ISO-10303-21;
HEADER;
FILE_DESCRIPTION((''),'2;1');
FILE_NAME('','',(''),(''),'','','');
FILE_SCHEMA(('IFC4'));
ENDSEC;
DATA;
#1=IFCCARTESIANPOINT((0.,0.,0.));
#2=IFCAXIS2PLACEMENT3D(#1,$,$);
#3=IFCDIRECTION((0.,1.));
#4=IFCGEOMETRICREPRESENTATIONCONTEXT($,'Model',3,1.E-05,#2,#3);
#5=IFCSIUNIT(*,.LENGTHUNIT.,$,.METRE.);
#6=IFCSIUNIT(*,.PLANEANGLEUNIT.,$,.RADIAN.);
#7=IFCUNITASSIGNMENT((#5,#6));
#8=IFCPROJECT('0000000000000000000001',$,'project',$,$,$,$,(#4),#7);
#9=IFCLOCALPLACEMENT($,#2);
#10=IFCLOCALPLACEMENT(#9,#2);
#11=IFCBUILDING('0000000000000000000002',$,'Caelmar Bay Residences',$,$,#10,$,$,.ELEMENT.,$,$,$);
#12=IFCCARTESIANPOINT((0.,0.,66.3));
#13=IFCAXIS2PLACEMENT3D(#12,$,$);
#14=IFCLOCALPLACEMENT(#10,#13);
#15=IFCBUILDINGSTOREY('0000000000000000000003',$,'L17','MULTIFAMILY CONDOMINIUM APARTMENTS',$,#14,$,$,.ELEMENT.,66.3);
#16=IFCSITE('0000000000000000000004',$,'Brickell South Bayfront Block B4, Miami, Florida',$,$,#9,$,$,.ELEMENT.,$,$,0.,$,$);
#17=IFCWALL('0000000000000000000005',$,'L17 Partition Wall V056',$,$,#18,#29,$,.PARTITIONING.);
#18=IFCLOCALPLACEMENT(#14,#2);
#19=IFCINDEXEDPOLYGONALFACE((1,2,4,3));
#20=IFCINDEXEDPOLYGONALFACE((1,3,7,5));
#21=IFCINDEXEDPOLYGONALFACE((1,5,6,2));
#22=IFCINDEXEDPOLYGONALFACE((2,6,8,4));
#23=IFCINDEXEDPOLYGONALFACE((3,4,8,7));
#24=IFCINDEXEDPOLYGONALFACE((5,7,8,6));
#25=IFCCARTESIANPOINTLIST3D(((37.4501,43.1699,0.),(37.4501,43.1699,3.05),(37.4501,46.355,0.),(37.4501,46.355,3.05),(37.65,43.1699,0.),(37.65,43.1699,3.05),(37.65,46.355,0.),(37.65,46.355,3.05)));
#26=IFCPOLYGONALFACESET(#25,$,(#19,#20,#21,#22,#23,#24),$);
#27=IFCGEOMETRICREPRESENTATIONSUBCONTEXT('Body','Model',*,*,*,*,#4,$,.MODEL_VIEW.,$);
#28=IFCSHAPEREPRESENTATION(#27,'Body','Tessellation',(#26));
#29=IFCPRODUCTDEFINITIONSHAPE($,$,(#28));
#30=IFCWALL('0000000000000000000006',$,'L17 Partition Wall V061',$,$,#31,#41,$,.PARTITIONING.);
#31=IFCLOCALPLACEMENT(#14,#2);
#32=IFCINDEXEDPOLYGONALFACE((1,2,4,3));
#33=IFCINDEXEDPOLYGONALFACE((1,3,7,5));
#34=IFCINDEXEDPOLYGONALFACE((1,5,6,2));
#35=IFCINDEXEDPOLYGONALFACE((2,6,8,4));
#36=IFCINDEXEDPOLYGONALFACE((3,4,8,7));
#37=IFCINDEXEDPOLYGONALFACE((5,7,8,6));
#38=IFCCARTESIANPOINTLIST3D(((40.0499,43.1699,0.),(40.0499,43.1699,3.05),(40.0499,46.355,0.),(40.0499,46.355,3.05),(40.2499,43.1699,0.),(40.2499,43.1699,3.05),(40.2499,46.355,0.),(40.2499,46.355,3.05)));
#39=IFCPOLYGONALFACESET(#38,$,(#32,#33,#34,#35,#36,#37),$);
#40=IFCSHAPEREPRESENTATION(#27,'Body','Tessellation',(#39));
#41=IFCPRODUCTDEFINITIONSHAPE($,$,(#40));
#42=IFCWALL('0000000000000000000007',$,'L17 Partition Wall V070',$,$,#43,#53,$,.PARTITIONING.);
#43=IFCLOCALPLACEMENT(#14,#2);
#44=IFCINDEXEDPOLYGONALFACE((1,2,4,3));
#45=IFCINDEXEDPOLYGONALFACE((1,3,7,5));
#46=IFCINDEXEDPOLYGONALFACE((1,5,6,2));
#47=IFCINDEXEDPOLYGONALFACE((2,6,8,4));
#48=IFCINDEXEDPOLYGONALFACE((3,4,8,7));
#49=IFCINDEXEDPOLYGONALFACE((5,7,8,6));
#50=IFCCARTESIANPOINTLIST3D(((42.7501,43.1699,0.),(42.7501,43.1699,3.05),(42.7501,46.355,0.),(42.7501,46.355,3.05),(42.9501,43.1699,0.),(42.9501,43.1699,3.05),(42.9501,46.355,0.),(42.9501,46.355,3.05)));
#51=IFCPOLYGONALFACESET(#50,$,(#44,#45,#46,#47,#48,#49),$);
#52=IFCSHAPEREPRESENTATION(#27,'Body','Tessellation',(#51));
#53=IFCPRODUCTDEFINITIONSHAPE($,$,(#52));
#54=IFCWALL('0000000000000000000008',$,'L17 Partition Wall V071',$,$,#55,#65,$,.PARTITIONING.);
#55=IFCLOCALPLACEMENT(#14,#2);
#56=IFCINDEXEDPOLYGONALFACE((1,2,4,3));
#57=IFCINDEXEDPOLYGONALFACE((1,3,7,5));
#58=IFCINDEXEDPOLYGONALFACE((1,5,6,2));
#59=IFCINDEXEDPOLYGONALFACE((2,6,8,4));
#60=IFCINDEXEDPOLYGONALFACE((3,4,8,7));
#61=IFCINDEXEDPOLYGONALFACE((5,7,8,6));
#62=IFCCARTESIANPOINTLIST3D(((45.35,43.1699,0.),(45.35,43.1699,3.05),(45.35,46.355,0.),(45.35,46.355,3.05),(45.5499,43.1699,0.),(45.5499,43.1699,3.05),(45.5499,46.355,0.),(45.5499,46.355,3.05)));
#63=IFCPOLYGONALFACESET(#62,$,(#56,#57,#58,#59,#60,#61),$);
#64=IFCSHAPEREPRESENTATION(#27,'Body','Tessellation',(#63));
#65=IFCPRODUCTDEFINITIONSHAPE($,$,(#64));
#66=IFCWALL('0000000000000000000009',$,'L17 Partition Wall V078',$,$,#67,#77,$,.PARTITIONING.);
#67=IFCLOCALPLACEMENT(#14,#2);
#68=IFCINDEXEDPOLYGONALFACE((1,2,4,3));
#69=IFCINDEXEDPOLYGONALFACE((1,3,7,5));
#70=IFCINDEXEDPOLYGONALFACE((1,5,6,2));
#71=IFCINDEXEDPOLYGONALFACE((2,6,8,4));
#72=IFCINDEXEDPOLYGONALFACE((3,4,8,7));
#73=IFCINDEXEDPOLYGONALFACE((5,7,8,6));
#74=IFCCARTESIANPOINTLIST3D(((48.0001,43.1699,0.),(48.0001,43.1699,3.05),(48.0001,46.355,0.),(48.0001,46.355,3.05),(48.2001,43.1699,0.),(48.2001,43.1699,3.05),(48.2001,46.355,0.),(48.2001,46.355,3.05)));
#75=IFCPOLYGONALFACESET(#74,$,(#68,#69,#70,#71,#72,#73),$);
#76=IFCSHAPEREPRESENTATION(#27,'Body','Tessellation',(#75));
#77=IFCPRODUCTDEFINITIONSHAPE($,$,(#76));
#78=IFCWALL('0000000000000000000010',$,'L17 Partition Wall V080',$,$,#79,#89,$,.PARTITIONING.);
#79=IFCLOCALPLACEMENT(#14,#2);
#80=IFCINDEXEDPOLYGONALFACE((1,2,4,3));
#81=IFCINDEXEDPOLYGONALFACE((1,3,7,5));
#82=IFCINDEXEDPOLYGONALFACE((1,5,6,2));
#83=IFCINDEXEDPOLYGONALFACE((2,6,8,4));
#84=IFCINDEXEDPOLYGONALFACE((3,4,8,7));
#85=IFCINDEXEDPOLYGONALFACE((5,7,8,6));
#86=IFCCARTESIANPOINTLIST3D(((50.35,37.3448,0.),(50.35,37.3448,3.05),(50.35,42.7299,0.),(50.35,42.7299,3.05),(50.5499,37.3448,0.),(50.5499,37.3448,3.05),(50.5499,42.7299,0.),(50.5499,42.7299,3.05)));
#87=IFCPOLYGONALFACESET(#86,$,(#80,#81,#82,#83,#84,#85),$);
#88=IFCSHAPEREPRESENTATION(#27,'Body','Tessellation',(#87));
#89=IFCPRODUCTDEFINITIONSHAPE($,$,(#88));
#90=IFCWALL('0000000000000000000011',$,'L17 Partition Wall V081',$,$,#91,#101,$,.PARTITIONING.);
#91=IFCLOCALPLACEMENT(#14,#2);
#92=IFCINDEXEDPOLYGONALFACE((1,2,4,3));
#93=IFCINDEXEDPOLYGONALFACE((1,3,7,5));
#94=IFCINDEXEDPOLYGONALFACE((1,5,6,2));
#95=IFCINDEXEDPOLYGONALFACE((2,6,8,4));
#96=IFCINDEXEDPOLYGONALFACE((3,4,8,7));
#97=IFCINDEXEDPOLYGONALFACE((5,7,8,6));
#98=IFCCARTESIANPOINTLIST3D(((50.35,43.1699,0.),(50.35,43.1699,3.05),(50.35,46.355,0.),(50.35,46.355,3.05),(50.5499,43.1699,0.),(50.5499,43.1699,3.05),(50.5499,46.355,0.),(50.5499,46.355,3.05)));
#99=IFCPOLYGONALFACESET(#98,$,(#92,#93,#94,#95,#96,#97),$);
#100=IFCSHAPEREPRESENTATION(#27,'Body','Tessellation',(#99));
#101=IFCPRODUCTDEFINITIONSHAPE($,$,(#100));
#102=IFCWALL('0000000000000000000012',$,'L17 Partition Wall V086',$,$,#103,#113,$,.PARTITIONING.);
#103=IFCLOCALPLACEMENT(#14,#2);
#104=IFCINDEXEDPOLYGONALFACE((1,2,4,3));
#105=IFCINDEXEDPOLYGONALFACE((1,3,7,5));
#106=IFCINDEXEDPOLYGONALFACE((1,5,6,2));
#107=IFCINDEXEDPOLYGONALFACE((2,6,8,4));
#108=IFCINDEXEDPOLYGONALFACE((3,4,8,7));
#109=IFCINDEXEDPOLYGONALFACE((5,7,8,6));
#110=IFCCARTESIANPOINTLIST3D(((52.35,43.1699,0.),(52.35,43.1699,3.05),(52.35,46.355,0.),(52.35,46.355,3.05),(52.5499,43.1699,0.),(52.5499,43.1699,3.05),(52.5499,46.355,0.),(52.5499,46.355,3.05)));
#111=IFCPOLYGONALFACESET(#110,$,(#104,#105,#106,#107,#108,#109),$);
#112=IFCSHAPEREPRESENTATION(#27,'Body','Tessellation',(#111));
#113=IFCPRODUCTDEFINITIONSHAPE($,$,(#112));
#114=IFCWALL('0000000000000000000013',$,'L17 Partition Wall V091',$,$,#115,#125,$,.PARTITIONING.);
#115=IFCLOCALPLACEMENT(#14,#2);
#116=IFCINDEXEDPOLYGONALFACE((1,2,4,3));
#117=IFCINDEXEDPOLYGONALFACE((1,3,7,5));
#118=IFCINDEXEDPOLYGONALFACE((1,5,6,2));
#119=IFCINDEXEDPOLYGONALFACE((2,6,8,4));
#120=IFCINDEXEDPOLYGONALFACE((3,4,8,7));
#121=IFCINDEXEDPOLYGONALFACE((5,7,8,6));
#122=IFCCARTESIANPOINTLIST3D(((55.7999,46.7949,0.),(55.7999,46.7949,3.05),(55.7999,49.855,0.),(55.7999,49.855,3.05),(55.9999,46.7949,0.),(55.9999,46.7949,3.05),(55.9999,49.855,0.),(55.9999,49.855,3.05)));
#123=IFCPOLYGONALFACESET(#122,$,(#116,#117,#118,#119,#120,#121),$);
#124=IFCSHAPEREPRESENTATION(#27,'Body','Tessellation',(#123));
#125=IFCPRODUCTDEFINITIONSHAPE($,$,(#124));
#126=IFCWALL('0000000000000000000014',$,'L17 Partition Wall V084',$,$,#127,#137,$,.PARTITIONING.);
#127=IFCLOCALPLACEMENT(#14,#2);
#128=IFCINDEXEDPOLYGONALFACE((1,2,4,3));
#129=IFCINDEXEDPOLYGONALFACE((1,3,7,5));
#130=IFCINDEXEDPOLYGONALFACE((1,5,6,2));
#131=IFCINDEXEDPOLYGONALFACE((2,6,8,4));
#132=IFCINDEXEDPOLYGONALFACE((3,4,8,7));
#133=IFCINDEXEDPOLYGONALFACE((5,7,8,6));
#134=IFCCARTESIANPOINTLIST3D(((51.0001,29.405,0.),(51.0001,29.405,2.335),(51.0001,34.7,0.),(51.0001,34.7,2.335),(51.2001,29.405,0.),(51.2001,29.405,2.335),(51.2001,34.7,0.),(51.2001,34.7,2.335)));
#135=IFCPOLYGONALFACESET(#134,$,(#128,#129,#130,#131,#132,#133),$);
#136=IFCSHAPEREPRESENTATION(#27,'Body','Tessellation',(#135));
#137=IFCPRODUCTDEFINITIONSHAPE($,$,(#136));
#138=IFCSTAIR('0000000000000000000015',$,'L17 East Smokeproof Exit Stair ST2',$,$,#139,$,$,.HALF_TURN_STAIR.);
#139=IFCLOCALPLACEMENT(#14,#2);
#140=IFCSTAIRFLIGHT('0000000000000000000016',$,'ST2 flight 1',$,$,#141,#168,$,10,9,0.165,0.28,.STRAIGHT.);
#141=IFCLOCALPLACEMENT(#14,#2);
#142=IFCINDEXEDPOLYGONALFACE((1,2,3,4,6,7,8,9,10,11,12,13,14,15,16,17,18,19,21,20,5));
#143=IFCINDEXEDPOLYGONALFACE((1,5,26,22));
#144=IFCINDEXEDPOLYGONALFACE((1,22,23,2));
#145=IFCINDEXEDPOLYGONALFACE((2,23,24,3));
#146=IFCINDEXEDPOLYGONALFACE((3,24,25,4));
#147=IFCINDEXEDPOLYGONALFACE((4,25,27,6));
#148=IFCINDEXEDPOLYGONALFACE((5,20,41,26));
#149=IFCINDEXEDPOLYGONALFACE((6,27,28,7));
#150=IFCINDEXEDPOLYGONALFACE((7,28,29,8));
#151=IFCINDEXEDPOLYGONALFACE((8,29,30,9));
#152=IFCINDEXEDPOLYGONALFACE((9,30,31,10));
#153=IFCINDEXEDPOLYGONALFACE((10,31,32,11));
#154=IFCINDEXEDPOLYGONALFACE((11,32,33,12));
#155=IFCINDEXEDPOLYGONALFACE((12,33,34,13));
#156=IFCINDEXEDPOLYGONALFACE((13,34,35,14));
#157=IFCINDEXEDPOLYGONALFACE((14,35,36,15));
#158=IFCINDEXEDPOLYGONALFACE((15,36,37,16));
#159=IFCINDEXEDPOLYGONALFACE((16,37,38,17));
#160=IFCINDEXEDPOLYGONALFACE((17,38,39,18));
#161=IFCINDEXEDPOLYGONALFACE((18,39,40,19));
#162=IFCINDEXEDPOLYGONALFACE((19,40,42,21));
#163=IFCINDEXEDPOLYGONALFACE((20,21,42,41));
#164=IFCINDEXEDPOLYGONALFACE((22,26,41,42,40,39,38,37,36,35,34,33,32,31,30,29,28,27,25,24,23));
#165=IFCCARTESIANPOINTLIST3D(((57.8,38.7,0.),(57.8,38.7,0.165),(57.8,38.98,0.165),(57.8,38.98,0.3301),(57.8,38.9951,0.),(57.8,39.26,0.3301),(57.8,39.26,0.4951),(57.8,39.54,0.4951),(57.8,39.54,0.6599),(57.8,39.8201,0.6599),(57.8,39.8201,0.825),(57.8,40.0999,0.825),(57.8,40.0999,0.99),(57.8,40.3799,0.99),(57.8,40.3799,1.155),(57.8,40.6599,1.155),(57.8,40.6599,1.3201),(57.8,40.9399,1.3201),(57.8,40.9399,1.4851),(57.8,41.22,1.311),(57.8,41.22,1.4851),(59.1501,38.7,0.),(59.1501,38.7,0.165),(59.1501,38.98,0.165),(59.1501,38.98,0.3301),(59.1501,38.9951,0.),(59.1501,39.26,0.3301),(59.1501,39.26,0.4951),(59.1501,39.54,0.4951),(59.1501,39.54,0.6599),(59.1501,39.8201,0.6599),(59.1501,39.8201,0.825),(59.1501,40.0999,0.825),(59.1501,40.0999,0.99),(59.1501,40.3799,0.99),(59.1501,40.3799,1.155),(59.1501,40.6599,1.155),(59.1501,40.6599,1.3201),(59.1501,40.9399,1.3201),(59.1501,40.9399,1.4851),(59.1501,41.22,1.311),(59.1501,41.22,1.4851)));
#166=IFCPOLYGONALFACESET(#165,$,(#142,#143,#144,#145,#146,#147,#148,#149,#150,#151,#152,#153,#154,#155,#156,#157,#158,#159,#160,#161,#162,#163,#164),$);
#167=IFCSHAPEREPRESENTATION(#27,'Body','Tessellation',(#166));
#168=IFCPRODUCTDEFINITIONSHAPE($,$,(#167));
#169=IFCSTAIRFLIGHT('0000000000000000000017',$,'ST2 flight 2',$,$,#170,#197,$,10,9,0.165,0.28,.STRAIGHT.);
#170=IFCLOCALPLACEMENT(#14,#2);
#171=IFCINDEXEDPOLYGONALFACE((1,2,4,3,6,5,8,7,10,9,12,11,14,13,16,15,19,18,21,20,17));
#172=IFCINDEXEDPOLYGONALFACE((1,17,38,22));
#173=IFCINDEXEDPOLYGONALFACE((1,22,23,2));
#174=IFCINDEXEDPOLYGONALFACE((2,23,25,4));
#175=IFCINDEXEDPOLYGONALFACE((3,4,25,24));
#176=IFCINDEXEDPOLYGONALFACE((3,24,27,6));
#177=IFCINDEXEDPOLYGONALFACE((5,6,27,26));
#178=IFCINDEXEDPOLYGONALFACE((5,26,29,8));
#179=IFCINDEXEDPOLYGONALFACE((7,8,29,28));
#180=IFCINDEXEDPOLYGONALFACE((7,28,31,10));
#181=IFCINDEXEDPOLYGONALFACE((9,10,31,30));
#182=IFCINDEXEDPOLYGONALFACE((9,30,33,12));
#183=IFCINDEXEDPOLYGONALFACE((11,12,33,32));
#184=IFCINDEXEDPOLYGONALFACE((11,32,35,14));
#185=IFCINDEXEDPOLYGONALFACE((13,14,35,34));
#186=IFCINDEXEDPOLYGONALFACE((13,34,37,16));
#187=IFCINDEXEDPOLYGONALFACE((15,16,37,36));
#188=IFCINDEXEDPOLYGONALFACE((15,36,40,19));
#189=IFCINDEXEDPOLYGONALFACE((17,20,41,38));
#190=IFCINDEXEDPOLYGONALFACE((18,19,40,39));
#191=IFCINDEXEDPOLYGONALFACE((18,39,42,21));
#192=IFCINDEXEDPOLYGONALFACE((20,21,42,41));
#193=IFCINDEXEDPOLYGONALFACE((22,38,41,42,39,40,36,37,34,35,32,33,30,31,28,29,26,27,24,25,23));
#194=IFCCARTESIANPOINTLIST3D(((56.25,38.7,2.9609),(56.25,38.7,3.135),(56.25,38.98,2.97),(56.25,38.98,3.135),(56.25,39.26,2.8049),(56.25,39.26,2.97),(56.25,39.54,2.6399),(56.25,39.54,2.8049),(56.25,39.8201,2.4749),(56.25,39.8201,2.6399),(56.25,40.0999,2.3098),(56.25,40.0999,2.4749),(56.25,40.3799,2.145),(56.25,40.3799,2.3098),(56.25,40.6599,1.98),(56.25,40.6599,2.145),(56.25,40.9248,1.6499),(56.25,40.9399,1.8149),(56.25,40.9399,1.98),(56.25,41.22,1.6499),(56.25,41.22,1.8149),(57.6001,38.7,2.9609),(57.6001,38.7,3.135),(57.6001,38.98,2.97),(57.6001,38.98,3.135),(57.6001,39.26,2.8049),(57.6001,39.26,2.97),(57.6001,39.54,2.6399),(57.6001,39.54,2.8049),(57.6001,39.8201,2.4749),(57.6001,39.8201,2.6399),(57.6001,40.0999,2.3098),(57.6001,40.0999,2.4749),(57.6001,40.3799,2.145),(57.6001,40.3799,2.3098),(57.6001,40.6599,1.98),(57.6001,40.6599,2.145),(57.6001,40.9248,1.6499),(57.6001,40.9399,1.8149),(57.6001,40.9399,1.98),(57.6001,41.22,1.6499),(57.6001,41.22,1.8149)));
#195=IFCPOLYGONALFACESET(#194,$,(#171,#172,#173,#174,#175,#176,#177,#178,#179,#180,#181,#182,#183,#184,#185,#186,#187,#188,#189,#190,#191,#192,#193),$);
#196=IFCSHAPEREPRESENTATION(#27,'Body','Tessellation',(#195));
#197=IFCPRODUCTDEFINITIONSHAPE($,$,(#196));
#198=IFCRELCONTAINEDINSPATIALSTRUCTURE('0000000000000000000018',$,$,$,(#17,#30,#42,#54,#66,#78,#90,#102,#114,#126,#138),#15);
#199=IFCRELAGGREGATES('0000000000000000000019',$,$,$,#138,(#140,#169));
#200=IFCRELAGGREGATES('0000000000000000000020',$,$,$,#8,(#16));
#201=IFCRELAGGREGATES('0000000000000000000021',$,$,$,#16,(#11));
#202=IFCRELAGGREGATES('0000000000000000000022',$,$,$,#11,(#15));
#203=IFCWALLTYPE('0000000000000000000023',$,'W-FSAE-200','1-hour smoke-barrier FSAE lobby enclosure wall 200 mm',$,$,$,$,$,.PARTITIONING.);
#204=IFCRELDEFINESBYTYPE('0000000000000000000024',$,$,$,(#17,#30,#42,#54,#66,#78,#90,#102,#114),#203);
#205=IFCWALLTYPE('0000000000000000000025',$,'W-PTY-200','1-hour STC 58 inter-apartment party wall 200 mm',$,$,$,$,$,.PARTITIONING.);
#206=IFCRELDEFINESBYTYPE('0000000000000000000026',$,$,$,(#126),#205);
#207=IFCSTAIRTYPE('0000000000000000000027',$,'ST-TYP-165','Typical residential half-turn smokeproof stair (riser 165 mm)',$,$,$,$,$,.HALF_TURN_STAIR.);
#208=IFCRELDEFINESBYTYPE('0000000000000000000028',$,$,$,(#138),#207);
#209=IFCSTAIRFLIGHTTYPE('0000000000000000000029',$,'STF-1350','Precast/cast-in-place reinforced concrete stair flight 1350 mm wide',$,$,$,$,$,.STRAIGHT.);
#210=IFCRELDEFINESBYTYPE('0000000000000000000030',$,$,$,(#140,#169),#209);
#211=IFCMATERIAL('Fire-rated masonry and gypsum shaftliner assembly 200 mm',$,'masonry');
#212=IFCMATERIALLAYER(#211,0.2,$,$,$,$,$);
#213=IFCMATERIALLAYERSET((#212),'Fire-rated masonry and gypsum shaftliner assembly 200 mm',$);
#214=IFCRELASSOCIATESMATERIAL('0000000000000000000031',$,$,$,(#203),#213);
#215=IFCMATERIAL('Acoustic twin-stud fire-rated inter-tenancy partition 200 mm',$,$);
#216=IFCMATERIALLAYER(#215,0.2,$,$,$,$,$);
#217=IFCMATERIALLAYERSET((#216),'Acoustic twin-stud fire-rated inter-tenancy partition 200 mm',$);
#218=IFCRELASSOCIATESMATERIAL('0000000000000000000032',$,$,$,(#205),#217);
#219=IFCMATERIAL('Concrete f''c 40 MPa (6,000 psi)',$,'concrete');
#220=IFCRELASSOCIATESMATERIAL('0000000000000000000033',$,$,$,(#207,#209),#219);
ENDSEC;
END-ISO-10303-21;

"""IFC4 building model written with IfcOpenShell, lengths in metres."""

from ifc_helpers import new_model, si_unit, direction, frame, frame_2d, origin, place, context, subcontext, project, spatial, polyline, rectangle, outline, extrude, material, layer, layer_set, type_object, element, aggregate, save


model = new_model("IFC4")

# Units and contexts
model_context = context("Model", 3, precision=1e-05, world=origin(), true_north=direction((0.0, 1.0)))
body_context = subcontext(model_context, "Body", "Model", "MODEL_VIEW")
ifc_project = project(units=[si_unit("LENGTHUNIT", "METRE"), si_unit("PLANEANGLEUNIT", "RADIAN")], contexts=[model_context])

# Site, building, storey
site_placement = place(None, origin())
site = spatial("IfcSite", under=ifc_project, at=site_placement, Name="Brickell South Bayfront Block B4, Miami, Florida", CompositionType="ELEMENT", RefElevation=0.0)
building_placement = place(site_placement, origin())
building = spatial("IfcBuilding", under=site, at=building_placement, Name="Caelmar Bay Residences", CompositionType="ELEMENT")
storey_placement = place(building_placement, frame((0.0, 0.0, 66.3)))
storey = spatial("IfcBuildingStorey", under=building, at=storey_placement, Name="L17", Description="MULTIFAMILY CONDOMINIUM APARTMENTS", CompositionType="ELEMENT", Elevation=66.3)

# Walls
ifc_material_1 = material(Name="Fire-rated masonry and gypsum shaftliner assembly 200 mm", Category="masonry")
ifc_layer_1 = layer(ifc_material_1, 0.2)
ifc_layer_set_1 = layer_set([ifc_layer_1], Name="Fire-rated masonry and gypsum shaftliner assembly 200 mm")
wall_type_1 = type_object("IfcWallType", Name="W-FSAE-200", Description="1-hour smoke-barrier FSAE lobby enclosure wall 200 mm", PredefinedType="PARTITIONING", material=ifc_layer_set_1)
for number, where, z_axis, x_axis, name in (
    (1, (37.55, 43.1699, 0.0), (0.0, 0.0, 1.0), (0.0, 1.0, 0.0), "L17 Partition Wall V056"),
    (2, (40.1499, 43.1699, 0.0), (0.0, 0.0, 1.0), (0.0, 1.0, 0.0), "L17 Partition Wall V061"),
    (3, (42.8501, 43.1699, 0.0), (0.0, 0.0, 1.0), (0.0, 1.0, 0.0), "L17 Partition Wall V070"),
    (4, (45.45, 43.1699, 0.0), (0.0, 0.0, 1.0), (0.0, 1.0, 0.0), "L17 Partition Wall V071"),
    (5, (48.1001, 43.1699, 0.0), (0.0, 0.0, 1.0), (0.0, 1.0, 0.0), "L17 Partition Wall V078"),
):
    element("IfcWall", number, at=place(storey_placement, frame(where, z_axis=z_axis, x_axis=x_axis)), inside=storey, type_object=wall_type_1, Name=name, PredefinedType="PARTITIONING", context=body_context, shape_type="SweptSolid", body=[
        extrude(rectangle(XDim=3.1851, YDim=0.2, at=frame_2d((1.5925, 0.0))), origin(), (0.0, 0.0, 1.0), 3.05),
    ])
wall_1_placement = place(storey_placement, frame((50.45, 37.345, 0.0), z_axis=(0.0, 0.0, 1.0), x_axis=(0.0, 1.0, 0.0)))
element("IfcWall", 6, at=wall_1_placement, inside=storey, type_object=wall_type_1, Name="L17 Partition Wall V080", PredefinedType="PARTITIONING", context=body_context, shape_type="SweptSolid", body=[
    extrude(rectangle(XDim=5.385, YDim=0.2, at=frame_2d((2.6924, 0.0))), origin(), (0.0, 0.0, 1.0), 3.05),
])
for number, where, z_axis, x_axis, name in (
    (7, (50.45, 43.1699, 0.0), (0.0, 0.0, 1.0), (0.0, 1.0, 0.0), "L17 Partition Wall V081"),
    (8, (52.45, 43.1699, 0.0), (0.0, 0.0, 1.0), (0.0, 1.0, 0.0), "L17 Partition Wall V086"),
):
    element("IfcWall", number, at=place(storey_placement, frame(where, z_axis=z_axis, x_axis=x_axis)), inside=storey, type_object=wall_type_1, Name=name, PredefinedType="PARTITIONING", context=body_context, shape_type="SweptSolid", body=[
        extrude(rectangle(XDim=3.1851, YDim=0.2, at=frame_2d((1.5925, 0.0))), origin(), (0.0, 0.0, 1.0), 3.05),
    ])
wall_2_placement = place(storey_placement, frame((55.8999, 46.7949, 0.0), z_axis=(0.0, 0.0, 1.0), x_axis=(0.0, 1.0, 0.0)))
element("IfcWall", 9, at=wall_2_placement, inside=storey, type_object=wall_type_1, Name="L17 Partition Wall V091", PredefinedType="PARTITIONING", context=body_context, shape_type="SweptSolid", body=[
    extrude(rectangle(XDim=3.0601, YDim=0.2, at=frame_2d((1.53, 0.0))), origin(), (0.0, 0.0, 1.0), 3.05),
])
ifc_material_2 = material(Name="Acoustic twin-stud fire-rated inter-tenancy partition 200 mm")
ifc_layer_2 = layer(ifc_material_2, 0.2)
ifc_layer_set_2 = layer_set([ifc_layer_2], Name="Acoustic twin-stud fire-rated inter-tenancy partition 200 mm")
wall_type_2 = type_object("IfcWallType", Name="W-PTY-200", Description="1-hour STC 58 inter-apartment party wall 200 mm", PredefinedType="PARTITIONING", material=ifc_layer_set_2)
wall_3_placement = place(storey_placement, frame((51.1001, 29.405, 0.0), z_axis=(0.0, 0.0, 1.0), x_axis=(0.0, 1.0, 0.0)))
element("IfcWall", 10, at=wall_3_placement, inside=storey, type_object=wall_type_2, Name="L17 Partition Wall V084", PredefinedType="PARTITIONING", context=body_context, shape_type="SweptSolid", body=[
    extrude(rectangle(XDim=5.2949, YDim=0.2, at=frame_2d((2.6475, 0.0))), origin(), (0.0, 0.0, 1.0), 2.335),
])

# Stair, stair flights
ifc_material_3 = material(Name="Concrete f'c 40 MPa (6,000 psi)", Category="concrete")
stair_type = type_object("IfcStairType", Name="ST-TYP-165", Description="Typical residential half-turn smokeproof stair (riser 165 mm)", PredefinedType="HALF_TURN_STAIR", material=ifc_material_3)
stair_placement = place(storey_placement, origin())
stair = element("IfcStair", 11, at=stair_placement, inside=storey, type_object=stair_type, Name="L17 East Smokeproof Exit Stair ST2", PredefinedType="HALF_TURN_STAIR")
stair_flight_type = type_object("IfcStairFlightType", Name="STF-1350", Description="Precast/cast-in-place reinforced concrete stair flight 1350 mm wide", PredefinedType="STRAIGHT", material=ifc_material_3)
stair_flight_1_placement = place(storey_placement, frame((58.4751, 38.7, 0.0), z_axis=(0.0, 0.0, 1.0), x_axis=(0.0, 1.0, 0.0)))
stair_flight_1 = element("IfcStairFlight", 12, at=stair_flight_1_placement, type_object=stair_flight_type, Name="ST2 flight 1", NumberOfRisers=10, NumberOfTreads=9, PredefinedType="STRAIGHT", RiserHeight=0.165, TreadLength=0.28, context=body_context, shape_type="SweptSolid", body=[
    extrude(outline(polyline([(0.0, 0.0), (0.0, 0.165), (0.28, 0.165), (0.28, 0.3301), (0.5601, 0.3301), (0.5601, 0.4951), (0.8401, 0.4951), (0.8401, 0.6599), (1.1201, 0.6599), (1.1201, 0.825), (1.3999, 0.825), (1.3999, 0.99), (1.6799, 0.99), (1.6799, 1.155), (1.96, 1.155), (1.96, 1.3201), (2.24, 1.3201), (2.24, 1.4851), (2.52, 1.4851), (2.52, 1.6499), (2.52, 1.311), (0.2952, 0.0), (0.0, 0.0)])), frame((0.0, 0.675, 0.0), z_axis=(0.0, -1.0, 0.0), x_axis=(1.0, 0.0, 0.0)), (0.0, 0.0, 1.0), 1.3501),
])
stair_flight_2_placement = place(storey_placement, frame((56.925, 41.22, 1.6499), z_axis=(0.0, 0.0, 1.0), x_axis=(0.0, -1.0, 0.0)))
stair_flight_2 = element("IfcStairFlight", 13, at=stair_flight_2_placement, type_object=stair_flight_type, Name="ST2 flight 2", NumberOfRisers=10, NumberOfTreads=9, PredefinedType="STRAIGHT", RiserHeight=0.165, TreadLength=0.28, context=body_context, shape_type="SweptSolid", body=[
    extrude(outline(polyline([(0.0, 0.0), (0.0, 0.165), (0.28, 0.165), (0.28, 0.3301), (0.5601, 0.3301), (0.5601, 0.4951), (0.8401, 0.4951), (0.8401, 0.6599), (1.1201, 0.6599), (1.1201, 0.825), (1.3999, 0.825), (1.3999, 0.99), (1.6799, 0.99), (1.6799, 1.155), (1.96, 1.155), (1.96, 1.3201), (2.24, 1.3201), (2.24, 1.4851), (2.52, 1.4851), (2.52, 1.6499), (2.52, 1.311), (0.2952, 0.0), (0.0, 0.0)])), frame((0.0, 0.675, 0.0), z_axis=(0.0, -1.0, 0.0), x_axis=(1.0, 0.0, 0.0)), (0.0, 0.0, 1.0), 1.3501),
])
aggregate(stair, [stair_flight_1, stair_flight_2])

save(model, "model.ifc")
